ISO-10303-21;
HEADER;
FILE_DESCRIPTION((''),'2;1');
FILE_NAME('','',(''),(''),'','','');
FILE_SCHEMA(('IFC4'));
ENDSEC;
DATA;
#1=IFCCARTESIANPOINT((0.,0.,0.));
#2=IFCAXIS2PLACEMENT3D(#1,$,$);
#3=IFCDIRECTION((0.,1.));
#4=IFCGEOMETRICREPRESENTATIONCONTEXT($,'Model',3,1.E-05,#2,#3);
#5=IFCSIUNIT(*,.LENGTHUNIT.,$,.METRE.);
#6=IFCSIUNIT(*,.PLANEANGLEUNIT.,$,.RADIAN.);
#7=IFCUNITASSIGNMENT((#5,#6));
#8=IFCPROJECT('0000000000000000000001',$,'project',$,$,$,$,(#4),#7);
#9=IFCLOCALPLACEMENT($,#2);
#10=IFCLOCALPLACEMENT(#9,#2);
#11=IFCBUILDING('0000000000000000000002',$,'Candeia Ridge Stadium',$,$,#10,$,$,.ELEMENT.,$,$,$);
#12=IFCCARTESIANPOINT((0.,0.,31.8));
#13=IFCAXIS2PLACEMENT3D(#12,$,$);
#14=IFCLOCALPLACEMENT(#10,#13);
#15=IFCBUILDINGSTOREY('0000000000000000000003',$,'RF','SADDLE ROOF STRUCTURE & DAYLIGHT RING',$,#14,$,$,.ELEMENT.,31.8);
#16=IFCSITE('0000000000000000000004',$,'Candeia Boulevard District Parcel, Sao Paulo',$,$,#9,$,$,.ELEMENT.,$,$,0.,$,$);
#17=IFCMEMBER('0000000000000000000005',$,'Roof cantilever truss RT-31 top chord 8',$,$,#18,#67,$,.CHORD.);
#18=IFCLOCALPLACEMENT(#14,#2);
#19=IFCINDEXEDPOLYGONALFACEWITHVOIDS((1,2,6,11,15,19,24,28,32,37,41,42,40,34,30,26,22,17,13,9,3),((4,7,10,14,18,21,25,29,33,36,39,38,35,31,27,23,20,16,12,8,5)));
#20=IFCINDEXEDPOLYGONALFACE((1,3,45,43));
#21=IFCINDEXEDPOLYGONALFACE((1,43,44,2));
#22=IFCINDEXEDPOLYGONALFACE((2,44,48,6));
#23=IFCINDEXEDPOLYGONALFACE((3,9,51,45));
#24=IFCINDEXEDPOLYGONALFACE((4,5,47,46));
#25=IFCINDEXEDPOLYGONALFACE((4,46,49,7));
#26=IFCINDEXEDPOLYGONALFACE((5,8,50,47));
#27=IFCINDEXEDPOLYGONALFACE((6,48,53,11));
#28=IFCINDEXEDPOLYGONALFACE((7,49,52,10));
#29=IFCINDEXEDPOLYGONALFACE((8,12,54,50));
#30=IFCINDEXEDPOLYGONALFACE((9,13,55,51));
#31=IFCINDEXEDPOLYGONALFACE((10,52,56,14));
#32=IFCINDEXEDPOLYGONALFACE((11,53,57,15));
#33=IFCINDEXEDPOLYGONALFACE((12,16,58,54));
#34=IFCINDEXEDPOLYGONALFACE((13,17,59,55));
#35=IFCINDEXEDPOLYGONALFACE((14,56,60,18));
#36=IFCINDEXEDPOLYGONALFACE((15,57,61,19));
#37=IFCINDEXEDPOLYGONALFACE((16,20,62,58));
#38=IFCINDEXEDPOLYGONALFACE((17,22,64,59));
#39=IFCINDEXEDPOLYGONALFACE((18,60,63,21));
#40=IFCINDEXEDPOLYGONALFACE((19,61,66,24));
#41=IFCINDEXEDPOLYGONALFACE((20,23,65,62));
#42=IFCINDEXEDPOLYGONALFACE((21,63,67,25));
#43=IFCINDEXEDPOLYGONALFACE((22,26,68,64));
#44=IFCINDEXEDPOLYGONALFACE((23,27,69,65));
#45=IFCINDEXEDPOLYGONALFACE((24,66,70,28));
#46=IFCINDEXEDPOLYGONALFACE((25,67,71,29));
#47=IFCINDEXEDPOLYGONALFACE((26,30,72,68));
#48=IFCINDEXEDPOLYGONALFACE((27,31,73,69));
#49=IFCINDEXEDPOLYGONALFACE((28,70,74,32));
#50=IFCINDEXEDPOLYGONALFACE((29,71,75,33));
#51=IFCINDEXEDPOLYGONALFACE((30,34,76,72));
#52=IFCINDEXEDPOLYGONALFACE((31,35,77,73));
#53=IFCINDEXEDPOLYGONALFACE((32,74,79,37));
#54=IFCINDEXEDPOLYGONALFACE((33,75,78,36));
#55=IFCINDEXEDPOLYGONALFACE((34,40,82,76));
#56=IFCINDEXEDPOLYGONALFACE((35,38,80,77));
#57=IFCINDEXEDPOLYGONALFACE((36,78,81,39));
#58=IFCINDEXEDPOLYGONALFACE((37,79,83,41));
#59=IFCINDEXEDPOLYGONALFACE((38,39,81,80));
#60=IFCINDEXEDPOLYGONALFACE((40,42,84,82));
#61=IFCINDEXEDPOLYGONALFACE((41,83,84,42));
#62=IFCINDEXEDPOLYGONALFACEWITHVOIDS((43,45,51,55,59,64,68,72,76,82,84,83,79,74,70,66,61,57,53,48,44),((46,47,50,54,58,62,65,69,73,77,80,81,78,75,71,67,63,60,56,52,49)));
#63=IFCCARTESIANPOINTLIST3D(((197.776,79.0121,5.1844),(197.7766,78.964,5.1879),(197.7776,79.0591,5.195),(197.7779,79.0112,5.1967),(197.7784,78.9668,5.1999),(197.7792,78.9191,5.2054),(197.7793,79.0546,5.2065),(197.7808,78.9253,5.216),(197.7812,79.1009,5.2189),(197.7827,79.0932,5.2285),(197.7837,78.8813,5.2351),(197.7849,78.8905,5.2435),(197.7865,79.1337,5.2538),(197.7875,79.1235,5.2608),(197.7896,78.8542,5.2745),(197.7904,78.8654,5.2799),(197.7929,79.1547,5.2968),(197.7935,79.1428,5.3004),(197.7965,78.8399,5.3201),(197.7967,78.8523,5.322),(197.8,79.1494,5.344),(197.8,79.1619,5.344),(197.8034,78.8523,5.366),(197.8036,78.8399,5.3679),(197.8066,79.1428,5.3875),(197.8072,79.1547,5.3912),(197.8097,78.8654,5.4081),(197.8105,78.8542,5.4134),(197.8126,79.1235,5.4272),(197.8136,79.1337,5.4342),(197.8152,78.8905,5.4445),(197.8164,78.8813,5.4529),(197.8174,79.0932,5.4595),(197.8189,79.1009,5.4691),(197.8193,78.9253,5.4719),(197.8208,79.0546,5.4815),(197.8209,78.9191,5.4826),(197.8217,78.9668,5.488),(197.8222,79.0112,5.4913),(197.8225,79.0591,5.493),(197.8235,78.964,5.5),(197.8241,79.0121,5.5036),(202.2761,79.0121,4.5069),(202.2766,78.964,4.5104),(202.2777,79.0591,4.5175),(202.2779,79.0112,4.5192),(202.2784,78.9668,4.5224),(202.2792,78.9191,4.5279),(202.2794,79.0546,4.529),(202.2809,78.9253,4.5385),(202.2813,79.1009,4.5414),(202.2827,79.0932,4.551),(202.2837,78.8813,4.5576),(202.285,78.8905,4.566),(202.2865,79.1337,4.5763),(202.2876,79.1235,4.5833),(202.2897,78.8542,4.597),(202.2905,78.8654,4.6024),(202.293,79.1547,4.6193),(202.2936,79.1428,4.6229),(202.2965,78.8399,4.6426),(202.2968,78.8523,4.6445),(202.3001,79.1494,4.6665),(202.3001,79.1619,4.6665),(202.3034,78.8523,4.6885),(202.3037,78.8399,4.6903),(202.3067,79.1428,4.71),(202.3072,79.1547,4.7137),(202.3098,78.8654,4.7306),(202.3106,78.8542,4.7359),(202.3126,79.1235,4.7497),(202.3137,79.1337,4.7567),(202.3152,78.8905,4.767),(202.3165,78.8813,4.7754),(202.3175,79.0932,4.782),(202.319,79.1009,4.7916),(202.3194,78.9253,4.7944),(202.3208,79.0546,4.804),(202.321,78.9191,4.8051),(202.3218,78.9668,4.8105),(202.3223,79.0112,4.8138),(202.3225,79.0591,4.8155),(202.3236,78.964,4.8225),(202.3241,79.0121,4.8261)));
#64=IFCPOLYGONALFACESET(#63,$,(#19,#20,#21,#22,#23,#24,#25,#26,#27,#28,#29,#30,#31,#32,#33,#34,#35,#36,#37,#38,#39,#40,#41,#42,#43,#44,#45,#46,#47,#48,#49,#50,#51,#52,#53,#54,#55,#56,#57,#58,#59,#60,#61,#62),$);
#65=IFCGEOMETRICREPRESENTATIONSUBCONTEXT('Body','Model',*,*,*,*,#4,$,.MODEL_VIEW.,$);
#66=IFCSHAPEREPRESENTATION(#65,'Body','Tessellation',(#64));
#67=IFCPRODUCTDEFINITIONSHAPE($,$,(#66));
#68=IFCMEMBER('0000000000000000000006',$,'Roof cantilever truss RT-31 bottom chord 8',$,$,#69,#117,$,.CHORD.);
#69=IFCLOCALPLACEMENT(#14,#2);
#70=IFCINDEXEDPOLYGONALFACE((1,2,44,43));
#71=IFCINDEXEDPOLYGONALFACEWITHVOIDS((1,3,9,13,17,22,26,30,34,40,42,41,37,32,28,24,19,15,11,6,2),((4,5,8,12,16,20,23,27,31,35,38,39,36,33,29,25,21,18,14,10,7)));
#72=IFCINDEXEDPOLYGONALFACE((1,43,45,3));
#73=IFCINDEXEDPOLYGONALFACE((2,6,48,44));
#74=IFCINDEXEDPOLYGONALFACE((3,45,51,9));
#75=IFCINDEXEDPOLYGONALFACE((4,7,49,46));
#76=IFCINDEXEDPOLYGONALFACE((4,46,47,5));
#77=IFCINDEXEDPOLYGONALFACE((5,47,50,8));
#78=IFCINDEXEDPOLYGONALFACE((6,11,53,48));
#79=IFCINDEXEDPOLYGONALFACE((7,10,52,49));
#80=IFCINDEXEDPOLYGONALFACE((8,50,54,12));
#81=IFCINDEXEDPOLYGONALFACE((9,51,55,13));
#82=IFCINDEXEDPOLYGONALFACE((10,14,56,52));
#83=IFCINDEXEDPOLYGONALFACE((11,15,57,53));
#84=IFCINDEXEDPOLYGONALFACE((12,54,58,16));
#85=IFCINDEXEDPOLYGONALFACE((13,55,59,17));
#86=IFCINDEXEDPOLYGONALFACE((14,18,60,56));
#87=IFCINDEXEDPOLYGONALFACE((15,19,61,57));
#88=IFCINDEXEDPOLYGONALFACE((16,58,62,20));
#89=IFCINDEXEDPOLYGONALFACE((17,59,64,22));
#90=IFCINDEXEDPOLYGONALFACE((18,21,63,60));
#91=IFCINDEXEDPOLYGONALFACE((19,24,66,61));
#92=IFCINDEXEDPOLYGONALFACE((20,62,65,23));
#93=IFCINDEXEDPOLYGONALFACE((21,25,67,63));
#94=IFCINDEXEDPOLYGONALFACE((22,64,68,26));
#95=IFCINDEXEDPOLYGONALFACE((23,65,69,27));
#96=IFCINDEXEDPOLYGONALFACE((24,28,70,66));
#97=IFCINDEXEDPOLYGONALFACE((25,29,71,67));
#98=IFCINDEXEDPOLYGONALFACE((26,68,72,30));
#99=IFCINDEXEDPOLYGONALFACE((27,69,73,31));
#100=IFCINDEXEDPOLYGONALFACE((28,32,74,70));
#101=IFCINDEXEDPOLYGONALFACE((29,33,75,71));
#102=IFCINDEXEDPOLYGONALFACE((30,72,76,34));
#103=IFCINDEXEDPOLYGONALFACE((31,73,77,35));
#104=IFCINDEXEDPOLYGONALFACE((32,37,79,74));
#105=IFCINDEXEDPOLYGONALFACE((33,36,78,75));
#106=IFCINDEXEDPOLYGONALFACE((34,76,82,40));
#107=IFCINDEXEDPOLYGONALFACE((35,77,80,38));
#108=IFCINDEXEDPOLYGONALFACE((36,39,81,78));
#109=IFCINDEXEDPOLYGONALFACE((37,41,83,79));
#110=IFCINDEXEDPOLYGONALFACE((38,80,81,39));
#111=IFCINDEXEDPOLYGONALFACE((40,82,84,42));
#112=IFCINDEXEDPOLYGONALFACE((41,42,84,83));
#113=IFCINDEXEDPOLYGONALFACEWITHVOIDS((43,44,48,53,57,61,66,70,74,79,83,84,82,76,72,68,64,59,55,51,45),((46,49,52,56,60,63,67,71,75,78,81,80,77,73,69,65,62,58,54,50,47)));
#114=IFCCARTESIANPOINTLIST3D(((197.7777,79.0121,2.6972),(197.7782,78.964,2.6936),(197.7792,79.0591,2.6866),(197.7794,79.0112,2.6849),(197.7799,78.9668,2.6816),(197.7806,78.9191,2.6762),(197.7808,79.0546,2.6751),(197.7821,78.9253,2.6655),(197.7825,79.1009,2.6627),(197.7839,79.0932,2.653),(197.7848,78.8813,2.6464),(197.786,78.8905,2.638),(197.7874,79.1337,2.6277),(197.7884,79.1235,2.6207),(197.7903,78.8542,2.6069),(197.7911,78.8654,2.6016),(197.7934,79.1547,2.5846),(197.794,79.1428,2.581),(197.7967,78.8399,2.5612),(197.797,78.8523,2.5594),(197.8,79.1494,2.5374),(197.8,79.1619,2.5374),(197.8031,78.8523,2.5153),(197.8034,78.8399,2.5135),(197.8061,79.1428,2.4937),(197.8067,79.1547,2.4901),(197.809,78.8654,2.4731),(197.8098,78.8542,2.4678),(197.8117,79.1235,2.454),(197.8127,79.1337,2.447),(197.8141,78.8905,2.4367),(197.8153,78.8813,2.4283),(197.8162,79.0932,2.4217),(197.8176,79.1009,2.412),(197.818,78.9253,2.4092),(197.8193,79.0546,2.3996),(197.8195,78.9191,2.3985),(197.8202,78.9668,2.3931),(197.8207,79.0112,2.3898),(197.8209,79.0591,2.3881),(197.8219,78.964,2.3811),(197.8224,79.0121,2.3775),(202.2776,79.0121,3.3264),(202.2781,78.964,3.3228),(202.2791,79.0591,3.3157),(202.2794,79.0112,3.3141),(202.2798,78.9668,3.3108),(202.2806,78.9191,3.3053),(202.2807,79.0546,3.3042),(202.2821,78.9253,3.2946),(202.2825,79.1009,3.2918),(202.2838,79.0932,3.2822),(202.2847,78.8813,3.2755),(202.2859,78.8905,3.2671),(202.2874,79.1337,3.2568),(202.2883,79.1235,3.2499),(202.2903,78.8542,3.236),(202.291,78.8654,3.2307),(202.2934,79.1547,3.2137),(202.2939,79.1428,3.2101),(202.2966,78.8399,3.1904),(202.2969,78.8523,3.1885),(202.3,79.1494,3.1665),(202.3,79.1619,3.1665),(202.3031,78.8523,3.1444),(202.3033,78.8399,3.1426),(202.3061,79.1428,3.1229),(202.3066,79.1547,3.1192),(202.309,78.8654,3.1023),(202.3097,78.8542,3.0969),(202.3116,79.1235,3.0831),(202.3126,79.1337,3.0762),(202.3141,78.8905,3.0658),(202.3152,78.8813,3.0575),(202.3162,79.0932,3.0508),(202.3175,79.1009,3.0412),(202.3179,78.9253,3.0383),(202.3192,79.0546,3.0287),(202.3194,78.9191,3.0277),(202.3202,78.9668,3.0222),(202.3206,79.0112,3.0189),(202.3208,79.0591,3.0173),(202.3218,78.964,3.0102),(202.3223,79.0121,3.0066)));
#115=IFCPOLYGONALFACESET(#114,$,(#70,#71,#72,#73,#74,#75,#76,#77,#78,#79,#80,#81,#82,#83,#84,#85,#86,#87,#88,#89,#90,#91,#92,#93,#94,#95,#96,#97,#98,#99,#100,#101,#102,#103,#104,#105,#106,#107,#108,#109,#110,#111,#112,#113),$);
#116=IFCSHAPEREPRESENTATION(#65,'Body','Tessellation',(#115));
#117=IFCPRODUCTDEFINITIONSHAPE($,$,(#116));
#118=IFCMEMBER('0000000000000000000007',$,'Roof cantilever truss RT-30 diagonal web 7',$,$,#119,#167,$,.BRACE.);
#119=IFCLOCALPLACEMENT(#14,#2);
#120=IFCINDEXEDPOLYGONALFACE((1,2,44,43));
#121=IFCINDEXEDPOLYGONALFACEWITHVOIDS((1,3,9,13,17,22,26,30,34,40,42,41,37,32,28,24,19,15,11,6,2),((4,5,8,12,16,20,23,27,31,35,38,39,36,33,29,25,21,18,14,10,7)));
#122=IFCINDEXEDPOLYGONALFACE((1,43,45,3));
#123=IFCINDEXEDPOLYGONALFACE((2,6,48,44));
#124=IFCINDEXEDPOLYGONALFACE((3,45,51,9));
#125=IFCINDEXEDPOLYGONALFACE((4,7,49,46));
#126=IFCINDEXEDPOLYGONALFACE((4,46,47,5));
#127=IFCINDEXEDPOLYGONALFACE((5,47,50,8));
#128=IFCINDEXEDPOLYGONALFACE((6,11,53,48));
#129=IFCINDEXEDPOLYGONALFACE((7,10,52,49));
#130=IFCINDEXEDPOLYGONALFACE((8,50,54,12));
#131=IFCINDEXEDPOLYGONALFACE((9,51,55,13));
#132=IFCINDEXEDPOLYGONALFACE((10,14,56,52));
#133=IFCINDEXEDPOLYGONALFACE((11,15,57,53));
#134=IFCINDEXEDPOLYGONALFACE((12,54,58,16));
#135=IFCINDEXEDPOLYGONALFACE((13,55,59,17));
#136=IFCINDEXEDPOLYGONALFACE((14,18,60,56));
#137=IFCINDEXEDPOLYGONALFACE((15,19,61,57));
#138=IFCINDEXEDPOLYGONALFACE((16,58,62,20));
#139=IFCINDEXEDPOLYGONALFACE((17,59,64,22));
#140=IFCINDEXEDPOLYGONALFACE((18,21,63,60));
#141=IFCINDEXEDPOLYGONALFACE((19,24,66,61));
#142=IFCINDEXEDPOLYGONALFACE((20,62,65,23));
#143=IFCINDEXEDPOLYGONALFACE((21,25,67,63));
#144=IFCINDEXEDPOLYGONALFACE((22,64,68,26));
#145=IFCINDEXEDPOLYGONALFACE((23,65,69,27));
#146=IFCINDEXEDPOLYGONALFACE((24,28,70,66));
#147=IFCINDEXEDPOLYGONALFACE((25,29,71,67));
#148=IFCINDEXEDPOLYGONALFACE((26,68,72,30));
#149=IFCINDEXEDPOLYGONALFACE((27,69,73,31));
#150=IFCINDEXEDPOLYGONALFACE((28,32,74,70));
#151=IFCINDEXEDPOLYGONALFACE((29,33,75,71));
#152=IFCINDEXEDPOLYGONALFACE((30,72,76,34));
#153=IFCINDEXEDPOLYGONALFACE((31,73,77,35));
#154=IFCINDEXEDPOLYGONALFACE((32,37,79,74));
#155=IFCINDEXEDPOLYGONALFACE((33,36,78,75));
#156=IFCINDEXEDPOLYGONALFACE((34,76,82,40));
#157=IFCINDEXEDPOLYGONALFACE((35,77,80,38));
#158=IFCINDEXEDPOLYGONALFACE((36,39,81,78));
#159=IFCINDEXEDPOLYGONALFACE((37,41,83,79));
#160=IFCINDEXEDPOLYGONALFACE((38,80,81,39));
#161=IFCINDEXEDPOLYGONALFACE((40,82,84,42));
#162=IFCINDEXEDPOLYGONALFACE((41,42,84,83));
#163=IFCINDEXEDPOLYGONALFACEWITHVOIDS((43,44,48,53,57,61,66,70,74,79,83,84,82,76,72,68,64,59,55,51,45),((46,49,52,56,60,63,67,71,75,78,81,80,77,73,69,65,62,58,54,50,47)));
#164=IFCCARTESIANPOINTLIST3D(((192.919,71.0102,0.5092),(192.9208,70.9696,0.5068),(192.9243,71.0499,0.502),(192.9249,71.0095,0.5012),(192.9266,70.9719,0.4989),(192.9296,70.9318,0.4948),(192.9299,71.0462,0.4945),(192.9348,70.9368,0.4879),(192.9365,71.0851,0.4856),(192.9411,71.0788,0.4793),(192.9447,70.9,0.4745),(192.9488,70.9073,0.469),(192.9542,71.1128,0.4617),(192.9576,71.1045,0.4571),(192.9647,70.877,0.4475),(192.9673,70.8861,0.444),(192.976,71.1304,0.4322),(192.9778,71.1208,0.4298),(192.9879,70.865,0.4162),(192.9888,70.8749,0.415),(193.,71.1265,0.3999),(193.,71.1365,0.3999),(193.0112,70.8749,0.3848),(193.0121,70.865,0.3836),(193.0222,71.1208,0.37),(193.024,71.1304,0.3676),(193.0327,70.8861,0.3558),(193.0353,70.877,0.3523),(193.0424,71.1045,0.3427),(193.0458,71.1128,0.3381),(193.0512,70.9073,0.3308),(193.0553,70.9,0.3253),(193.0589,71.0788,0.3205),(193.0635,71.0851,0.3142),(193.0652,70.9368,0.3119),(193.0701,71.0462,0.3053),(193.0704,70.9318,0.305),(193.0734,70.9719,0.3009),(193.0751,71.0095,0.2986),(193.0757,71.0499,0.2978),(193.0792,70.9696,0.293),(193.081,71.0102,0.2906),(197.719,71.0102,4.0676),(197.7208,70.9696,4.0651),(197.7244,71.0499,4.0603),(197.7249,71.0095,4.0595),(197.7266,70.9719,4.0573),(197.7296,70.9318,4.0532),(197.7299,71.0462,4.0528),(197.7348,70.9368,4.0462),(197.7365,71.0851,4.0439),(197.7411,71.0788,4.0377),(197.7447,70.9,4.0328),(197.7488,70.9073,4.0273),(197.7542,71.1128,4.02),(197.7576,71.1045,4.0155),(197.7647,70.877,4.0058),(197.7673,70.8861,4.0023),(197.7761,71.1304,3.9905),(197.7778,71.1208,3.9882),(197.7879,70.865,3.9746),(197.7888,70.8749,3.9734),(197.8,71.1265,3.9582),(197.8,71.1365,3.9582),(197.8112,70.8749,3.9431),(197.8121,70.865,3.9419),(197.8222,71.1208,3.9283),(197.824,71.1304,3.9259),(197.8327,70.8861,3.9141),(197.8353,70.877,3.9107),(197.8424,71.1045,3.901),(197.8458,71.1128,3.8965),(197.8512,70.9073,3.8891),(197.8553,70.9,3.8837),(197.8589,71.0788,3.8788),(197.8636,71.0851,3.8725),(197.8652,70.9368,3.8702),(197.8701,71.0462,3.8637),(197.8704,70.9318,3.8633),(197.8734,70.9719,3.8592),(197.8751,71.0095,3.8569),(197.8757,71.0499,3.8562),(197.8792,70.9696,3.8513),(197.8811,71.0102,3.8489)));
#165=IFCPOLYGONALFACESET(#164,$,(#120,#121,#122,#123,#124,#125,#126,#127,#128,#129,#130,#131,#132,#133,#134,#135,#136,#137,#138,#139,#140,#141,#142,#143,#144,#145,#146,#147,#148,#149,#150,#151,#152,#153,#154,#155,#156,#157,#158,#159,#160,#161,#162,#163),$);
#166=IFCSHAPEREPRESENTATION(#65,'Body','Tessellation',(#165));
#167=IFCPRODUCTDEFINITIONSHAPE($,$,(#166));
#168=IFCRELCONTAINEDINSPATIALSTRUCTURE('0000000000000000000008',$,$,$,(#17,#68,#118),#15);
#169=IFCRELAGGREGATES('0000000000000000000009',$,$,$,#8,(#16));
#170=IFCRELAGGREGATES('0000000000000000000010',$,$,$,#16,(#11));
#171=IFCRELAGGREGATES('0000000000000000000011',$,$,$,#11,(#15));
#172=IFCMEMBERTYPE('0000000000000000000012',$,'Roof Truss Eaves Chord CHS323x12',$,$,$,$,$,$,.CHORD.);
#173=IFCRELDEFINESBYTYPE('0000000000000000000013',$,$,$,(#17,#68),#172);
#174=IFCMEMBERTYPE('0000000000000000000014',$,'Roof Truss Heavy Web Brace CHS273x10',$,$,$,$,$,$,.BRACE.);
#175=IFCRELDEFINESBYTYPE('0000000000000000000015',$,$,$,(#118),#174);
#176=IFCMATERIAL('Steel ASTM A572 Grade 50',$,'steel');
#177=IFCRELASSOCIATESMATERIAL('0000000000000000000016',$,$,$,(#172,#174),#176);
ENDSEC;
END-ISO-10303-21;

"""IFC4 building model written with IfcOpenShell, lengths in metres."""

from ifc_helpers import new_model, si_unit, direction, frame, origin, origin_2d, place, context, subcontext, project, spatial, hollow_circle, extrude, material, material_profile, profile_set, type_object, element, save


model = new_model("IFC4")

# Units and contexts
model_context = context("Model", 3, precision=1e-05, world=origin(), true_north=direction((0.0, 1.0)))
body_context = subcontext(model_context, "Body", "Model", "MODEL_VIEW")
ifc_project = project(units=[si_unit("LENGTHUNIT", "METRE"), si_unit("PLANEANGLEUNIT", "RADIAN")], contexts=[model_context])

# Site, building, storey
site_placement = place(None, origin())
site = spatial("IfcSite", under=ifc_project, at=site_placement, Name="Candeia Boulevard District Parcel, Sao Paulo", CompositionType="ELEMENT", RefElevation=0.0)
building_placement = place(site_placement, origin())
building = spatial("IfcBuilding", under=site, at=building_placement, Name="Candeia Ridge Stadium", CompositionType="ELEMENT")
storey_placement = place(building_placement, frame((0.0, 0.0, 31.8)))
storey = spatial("IfcBuildingStorey", under=building, at=storey_placement, Name="RF", Description="SADDLE ROOF STRUCTURE & DAYLIGHT RING", CompositionType="ELEMENT", Elevation=31.8)

# Shared definitions
ifc_material_1 = material(Name="Steel ASTM A572 Grade 50", Category="steel")

# Members
ifc_material_profile_1 = material_profile(ifc_material_1, hollow_circle(Radius=0.1619, WallThickness=0.0125, at=origin_2d()), Name="CHS323x12", Category="steel")
ifc_profile_set_1 = profile_set([ifc_material_profile_1], Name="Steel ASTM A572 Grade 50")
member_type_1 = type_object("IfcMemberType", Name="Roof Truss Eaves Chord CHS323x12", PredefinedType="CHORD", material=ifc_profile_set_1)
member_1_placement = place(storey_placement, frame((197.8, 79.0, 5.344), z_axis=(0.988856, 0.0, -0.148876), x_axis=(0.0, 1.0, 0.0)))
element("IfcMember", 1, at=member_1_placement, inside=storey, type_object=member_type_1, Name="Roof cantilever truss RT-31 top chord 8", PredefinedType="CHORD", context=body_context, shape_type="SweptSolid", body=[
    extrude(hollow_circle(Radius=0.1619, WallThickness=0.0125, at=origin_2d()), origin(), (0.0, 0.0, 1.0), 4.5508),
])
member_2_placement = place(storey_placement, frame((197.8, 79.0, 2.5374), z_axis=(0.990367, 0.0, 0.138464), x_axis=(0.0, 1.0, 0.0)))
element("IfcMember", 2, at=member_2_placement, inside=storey, type_object=member_type_1, Name="Roof cantilever truss RT-31 bottom chord 8", PredefinedType="CHORD", context=body_context, shape_type="SweptSolid", body=[
    extrude(hollow_circle(Radius=0.1619, WallThickness=0.0125, at=origin_2d()), origin(), (0.0, 0.0, 1.0), 4.5437),
])
ifc_material_profile_2 = material_profile(ifc_material_1, hollow_circle(Radius=0.1365, WallThickness=0.01, at=origin_2d()), Name="CHS273x10", Category="steel")
ifc_profile_set_2 = profile_set([ifc_material_profile_2], Name="Steel ASTM A572 Grade 50")
member_type_2 = type_object("IfcMemberType", Name="Roof Truss Heavy Web Brace CHS273x10", PredefinedType="BRACE", material=ifc_profile_set_2)
for number, where, z_axis, x_axis, name in (
    (3, (193.0, 71.0, 0.3999), (0.803336, 0.0, 0.595526), (0.0, 1.0, 0.0), "Roof cantilever truss RT-30 diagonal web 7"),
):
    element("IfcMember", number, at=place(storey_placement, frame(where, z_axis=z_axis, x_axis=x_axis)), inside=storey, type_object=member_type_2, Name=name, PredefinedType="BRACE", context=body_context, shape_type="SweptSolid", body=[
        extrude(hollow_circle(Radius=0.1365, WallThickness=0.01, at=origin_2d()), origin(), (0.0, 0.0, 1.0), 5.9751),
    ])

save(model, "model.ifc")
